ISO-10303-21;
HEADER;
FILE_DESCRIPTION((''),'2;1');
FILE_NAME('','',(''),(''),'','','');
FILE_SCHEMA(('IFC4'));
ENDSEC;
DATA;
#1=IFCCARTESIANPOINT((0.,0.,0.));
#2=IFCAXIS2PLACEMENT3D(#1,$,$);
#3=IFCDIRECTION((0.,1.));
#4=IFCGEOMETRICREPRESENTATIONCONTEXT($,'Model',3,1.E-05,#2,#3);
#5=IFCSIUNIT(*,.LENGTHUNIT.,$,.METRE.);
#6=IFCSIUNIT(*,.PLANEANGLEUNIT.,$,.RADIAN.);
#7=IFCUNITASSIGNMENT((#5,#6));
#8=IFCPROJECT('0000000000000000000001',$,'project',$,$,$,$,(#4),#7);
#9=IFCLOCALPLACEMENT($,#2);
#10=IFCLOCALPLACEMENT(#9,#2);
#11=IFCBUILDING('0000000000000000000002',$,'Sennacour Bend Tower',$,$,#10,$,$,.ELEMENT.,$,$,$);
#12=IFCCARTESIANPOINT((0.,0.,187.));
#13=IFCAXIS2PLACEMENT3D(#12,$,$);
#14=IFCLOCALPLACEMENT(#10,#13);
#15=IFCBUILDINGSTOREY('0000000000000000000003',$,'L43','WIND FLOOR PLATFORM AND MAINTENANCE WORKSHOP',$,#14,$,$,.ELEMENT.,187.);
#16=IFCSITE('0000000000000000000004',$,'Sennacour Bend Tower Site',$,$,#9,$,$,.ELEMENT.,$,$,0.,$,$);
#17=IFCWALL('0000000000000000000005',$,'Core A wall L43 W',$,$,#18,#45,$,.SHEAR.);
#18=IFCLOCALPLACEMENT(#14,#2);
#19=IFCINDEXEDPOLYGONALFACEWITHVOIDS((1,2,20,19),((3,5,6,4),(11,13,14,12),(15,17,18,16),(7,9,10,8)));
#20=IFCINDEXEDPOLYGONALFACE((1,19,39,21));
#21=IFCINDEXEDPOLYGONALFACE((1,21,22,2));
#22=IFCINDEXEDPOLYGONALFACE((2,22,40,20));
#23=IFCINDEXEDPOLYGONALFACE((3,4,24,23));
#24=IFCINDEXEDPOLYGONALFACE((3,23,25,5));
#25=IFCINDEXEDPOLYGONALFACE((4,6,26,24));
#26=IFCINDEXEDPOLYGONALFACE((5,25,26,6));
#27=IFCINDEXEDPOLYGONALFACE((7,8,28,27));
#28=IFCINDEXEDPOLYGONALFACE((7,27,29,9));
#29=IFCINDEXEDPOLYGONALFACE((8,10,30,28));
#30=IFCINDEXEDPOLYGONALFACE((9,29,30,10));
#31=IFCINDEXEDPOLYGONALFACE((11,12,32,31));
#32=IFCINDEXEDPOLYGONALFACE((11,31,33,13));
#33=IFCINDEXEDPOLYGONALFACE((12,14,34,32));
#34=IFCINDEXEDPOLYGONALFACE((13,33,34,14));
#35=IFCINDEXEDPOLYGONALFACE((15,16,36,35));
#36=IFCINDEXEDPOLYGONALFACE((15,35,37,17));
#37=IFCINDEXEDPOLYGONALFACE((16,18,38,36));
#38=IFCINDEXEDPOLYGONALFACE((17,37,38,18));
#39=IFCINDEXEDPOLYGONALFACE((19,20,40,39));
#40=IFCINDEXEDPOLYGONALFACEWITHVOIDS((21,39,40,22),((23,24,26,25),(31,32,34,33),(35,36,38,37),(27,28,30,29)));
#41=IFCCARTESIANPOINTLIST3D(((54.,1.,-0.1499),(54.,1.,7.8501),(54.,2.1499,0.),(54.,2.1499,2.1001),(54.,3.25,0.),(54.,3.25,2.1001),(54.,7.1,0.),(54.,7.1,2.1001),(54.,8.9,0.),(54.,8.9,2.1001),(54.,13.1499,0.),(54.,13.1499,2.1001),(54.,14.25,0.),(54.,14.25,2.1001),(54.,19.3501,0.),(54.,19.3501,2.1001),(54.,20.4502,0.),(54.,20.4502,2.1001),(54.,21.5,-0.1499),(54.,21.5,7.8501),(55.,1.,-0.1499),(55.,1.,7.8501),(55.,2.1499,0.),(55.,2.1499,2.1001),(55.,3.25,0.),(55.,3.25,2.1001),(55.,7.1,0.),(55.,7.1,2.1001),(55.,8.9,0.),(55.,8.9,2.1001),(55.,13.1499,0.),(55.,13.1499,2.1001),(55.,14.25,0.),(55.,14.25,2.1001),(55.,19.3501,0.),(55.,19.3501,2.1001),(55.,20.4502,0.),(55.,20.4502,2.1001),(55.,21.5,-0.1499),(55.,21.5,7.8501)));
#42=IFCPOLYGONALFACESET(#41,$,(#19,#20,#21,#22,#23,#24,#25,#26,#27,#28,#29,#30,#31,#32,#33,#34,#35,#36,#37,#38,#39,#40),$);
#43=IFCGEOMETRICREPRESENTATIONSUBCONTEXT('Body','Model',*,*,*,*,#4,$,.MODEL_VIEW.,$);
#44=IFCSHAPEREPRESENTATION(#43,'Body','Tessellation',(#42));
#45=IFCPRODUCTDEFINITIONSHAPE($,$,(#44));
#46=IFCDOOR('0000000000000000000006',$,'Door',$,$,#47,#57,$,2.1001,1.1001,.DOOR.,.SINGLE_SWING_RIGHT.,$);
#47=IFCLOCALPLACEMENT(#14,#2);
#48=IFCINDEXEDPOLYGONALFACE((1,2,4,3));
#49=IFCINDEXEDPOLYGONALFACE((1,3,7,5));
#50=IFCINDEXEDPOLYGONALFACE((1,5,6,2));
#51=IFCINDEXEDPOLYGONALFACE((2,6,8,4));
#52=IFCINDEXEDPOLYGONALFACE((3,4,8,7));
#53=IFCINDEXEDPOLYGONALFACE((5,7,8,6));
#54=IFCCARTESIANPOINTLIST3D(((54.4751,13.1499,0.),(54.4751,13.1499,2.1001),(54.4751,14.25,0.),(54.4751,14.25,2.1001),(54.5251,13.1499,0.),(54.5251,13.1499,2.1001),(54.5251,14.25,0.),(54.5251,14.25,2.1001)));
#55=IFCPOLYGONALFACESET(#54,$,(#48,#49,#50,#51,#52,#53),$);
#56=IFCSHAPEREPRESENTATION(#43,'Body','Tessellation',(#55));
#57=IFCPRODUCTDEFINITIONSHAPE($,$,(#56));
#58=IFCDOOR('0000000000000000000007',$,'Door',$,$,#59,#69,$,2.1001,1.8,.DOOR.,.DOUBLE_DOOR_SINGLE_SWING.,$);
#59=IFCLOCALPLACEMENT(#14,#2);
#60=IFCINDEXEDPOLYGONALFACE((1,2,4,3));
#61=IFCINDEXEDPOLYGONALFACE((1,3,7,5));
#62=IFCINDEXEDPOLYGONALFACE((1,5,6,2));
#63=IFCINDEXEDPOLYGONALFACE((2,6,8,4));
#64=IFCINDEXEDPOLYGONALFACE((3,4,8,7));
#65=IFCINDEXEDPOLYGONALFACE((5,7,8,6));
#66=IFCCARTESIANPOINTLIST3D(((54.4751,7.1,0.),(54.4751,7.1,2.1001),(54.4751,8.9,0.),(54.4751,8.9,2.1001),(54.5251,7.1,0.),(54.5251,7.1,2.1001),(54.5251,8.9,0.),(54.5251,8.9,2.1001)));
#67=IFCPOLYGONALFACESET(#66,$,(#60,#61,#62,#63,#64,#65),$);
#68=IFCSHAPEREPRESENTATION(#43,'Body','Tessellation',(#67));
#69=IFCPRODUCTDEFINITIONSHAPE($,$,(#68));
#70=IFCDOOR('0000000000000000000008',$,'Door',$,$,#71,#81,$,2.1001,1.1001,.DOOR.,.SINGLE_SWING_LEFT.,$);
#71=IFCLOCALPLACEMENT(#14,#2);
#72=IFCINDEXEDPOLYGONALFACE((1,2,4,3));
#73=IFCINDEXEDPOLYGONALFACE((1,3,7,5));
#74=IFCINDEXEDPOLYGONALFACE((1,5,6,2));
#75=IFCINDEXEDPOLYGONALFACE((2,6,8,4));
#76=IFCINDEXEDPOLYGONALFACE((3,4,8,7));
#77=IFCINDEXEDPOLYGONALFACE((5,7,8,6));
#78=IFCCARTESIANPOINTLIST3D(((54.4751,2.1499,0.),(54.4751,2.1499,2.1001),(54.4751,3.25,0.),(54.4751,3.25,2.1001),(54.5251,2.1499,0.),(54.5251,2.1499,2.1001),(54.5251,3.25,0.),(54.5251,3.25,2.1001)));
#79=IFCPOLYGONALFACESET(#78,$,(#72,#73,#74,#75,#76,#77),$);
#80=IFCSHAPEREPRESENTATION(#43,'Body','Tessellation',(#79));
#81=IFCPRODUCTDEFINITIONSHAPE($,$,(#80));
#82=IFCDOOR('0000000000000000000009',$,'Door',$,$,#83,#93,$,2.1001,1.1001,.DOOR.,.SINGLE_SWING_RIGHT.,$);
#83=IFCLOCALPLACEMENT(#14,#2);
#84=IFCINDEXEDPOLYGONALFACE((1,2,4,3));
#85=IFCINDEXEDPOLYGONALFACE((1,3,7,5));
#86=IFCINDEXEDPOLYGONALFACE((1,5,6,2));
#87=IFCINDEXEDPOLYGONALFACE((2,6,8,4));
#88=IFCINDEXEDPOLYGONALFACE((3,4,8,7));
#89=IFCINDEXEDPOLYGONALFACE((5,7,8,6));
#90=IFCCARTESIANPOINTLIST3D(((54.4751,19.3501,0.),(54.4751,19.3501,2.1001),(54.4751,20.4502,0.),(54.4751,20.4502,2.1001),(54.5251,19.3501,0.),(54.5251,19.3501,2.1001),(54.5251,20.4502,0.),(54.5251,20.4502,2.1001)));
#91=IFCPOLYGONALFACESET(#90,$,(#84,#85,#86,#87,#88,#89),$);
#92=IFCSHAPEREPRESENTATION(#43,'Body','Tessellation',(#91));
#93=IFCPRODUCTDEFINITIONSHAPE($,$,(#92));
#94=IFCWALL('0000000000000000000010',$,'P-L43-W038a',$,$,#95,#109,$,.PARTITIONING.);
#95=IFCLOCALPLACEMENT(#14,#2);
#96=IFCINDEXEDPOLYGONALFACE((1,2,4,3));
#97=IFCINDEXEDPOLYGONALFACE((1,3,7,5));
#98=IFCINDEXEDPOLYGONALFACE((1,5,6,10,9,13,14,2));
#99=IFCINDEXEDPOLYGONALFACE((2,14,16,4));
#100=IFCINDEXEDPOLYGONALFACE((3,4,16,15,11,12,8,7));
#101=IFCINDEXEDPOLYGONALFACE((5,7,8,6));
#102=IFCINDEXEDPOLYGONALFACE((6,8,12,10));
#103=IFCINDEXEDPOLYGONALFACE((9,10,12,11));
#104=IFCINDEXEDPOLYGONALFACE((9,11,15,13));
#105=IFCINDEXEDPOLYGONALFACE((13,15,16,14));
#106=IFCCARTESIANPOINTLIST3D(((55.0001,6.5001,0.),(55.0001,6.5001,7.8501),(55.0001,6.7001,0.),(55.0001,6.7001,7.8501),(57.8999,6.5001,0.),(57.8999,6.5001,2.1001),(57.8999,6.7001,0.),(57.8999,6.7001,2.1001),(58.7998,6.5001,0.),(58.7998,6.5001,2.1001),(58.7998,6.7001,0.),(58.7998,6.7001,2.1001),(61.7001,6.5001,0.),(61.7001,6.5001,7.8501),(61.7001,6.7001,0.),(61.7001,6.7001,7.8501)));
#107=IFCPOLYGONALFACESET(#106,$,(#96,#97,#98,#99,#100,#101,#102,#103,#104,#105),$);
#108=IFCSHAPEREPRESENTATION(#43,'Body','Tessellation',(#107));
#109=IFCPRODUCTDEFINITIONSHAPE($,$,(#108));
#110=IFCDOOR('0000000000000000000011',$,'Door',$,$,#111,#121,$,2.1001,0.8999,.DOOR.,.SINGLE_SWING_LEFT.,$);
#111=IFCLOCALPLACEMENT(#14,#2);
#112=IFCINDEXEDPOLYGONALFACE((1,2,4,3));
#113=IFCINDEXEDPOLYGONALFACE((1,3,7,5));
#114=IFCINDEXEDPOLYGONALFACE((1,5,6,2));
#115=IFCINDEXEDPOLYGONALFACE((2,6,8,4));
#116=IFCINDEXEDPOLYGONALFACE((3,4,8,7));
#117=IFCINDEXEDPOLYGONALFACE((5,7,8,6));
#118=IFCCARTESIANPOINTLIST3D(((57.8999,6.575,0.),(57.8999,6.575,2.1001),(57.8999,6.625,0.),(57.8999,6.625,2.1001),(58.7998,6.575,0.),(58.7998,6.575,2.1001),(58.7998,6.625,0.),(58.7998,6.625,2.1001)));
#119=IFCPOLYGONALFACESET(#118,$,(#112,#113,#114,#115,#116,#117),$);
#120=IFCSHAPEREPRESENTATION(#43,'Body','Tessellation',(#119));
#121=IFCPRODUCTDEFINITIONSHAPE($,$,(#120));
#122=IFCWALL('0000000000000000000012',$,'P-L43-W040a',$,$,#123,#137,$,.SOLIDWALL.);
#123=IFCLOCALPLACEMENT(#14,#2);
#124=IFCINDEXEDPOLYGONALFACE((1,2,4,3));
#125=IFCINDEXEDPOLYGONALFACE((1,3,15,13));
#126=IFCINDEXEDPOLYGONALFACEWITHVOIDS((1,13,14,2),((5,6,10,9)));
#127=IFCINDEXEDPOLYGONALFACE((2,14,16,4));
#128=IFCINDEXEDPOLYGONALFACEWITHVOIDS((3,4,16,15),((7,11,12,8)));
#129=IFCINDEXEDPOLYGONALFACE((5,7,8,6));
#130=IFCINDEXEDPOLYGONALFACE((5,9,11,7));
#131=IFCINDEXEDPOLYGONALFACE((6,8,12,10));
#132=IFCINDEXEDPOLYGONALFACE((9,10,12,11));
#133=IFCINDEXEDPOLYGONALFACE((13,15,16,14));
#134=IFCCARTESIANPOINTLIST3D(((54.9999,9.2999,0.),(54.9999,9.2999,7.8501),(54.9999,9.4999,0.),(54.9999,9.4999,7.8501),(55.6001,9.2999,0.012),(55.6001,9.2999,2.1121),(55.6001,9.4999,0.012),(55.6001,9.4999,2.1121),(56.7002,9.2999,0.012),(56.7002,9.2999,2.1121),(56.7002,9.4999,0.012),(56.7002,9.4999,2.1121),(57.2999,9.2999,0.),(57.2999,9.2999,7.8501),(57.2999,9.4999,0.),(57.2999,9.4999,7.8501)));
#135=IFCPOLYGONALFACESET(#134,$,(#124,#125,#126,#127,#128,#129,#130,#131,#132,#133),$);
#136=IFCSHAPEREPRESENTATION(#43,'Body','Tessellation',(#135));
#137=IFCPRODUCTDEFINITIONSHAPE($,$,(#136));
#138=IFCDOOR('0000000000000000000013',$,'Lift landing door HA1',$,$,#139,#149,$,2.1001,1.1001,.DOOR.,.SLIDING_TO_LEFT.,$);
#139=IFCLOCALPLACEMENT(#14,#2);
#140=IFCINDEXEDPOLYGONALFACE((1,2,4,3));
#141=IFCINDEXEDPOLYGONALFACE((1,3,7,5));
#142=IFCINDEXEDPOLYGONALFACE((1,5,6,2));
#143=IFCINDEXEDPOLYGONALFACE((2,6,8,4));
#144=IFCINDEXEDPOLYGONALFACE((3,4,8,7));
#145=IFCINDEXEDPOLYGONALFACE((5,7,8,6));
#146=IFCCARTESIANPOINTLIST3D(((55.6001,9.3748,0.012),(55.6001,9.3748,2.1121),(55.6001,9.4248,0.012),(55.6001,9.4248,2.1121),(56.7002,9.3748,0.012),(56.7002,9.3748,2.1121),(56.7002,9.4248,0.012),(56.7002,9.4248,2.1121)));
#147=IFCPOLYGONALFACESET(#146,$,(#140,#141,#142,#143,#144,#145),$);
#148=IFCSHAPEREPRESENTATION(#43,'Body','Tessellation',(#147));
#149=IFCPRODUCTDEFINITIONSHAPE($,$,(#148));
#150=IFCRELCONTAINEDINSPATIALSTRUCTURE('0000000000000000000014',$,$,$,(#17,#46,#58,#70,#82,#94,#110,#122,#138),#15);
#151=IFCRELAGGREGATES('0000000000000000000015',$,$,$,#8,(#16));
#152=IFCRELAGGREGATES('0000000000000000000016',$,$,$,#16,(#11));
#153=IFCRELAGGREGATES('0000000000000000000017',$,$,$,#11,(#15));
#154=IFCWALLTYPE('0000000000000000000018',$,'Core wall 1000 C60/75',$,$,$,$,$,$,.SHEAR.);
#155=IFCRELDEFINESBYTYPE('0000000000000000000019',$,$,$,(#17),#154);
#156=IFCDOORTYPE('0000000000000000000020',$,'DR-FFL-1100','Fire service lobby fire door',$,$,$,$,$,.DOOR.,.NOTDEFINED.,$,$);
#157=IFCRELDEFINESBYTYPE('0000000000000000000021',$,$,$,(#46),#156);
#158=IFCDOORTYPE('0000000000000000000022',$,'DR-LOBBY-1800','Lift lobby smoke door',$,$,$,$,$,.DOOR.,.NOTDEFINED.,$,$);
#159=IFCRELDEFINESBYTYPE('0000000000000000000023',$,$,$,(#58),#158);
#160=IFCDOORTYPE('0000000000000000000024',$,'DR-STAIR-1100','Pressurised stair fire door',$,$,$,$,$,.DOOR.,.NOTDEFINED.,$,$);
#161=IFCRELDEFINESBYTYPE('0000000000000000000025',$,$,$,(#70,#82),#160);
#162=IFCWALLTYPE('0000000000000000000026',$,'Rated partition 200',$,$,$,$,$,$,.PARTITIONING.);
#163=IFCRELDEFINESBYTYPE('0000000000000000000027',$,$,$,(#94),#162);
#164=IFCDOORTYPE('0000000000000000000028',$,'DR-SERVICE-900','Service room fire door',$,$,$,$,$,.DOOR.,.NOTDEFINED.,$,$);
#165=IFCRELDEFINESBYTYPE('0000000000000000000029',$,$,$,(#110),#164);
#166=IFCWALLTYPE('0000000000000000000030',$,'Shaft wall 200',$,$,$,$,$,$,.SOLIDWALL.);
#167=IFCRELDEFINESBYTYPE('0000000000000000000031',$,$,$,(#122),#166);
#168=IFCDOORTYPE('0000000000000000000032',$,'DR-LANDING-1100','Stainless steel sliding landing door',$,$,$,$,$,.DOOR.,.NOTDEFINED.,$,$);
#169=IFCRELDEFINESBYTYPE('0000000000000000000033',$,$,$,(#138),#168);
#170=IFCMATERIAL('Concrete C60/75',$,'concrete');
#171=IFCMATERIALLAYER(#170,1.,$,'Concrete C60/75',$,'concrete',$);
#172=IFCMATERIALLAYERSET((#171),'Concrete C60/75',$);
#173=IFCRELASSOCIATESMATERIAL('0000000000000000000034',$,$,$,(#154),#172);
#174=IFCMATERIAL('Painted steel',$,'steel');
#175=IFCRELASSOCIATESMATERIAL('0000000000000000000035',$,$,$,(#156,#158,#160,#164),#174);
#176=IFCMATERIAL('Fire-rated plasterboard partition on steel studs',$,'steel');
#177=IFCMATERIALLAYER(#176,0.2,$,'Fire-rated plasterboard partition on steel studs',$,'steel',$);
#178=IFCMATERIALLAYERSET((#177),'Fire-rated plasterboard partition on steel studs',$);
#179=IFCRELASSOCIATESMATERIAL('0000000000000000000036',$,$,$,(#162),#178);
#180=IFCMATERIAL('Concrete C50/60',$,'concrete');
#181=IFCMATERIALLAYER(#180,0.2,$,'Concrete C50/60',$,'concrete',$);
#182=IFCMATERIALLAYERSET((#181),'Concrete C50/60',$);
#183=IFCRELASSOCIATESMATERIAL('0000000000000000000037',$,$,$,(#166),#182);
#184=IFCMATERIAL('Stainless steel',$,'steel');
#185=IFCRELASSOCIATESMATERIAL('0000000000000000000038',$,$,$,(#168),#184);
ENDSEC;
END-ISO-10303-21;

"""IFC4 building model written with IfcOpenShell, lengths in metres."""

from ifc_helpers import new_model, si_unit, direction, frame, frame_2d, origin, place, context, subcontext, project, spatial, rectangle, extrude, material, layer, layer_set, type_object, element, fill, save


model = new_model("IFC4")

# Units and contexts
model_context = context("Model", 3, precision=1e-05, world=origin(), true_north=direction((0.0, 1.0)))
body_context = subcontext(model_context, "Body", "Model", "MODEL_VIEW")
ifc_project = project(units=[si_unit("LENGTHUNIT", "METRE"), si_unit("PLANEANGLEUNIT", "RADIAN")], contexts=[model_context])

# Site, building, storey
site_placement = place(None, origin())
site = spatial("IfcSite", under=ifc_project, at=site_placement, Name="Sennacour Bend Tower Site", CompositionType="ELEMENT", RefElevation=0.0)
building_placement = place(site_placement, origin())
building = spatial("IfcBuilding", under=site, at=building_placement, Name="Sennacour Bend Tower", CompositionType="ELEMENT")
storey_placement = place(building_placement, frame((0.0, 0.0, 187.0)))
storey = spatial("IfcBuildingStorey", under=building, at=storey_placement, Name="L43", Description="WIND FLOOR PLATFORM AND MAINTENANCE WORKSHOP", CompositionType="ELEMENT", Elevation=187.0)

# Wall, openings, doors
ifc_material_1 = material(Name="Concrete C60/75", Category="concrete")
ifc_layer_1 = layer(ifc_material_1, 1.0, Name="Concrete C60/75", Category="concrete")
ifc_layer_set_1 = layer_set([ifc_layer_1], Name="Concrete C60/75")
wall_type_1 = type_object("IfcWallType", Name="Core wall 1000 C60/75", PredefinedType="SHEAR", material=ifc_layer_set_1)
wall_1_placement = place(storey_placement, frame((54.5, 1.0, -0.1499), z_axis=(0.0, 0.0, 1.0), x_axis=(0.0, 1.0, 0.0)))
wall_1 = element("IfcWall", 1, at=wall_1_placement, inside=storey, type_object=wall_type_1, Name="Core A wall L43 W", PredefinedType="SHEAR", context=body_context, shape_type="SweptSolid", body=[
    extrude(rectangle(XDim=20.5, YDim=1.0, at=frame_2d((10.25, 0.0))), origin(), (0.0, 0.0, 1.0), 8.0),
])
opening_1_placement = place(wall_1_placement, frame((6.1001, 0.0, 0.1499)))
opening_1 = element("IfcOpeningElement", 2, at=opening_1_placement, cuts=wall_1, PredefinedType="OPENING", context=body_context, shape_type="SweptSolid", body=[
    extrude(rectangle(XDim=1.8, YDim=2.1001, at=frame_2d((0.8999, 1.05))), frame((0.0, 0.51, 0.0), z_axis=(0.0, -1.0, 0.0), x_axis=(1.0, 0.0, 0.0)), (0.0, 0.0, 1.0), 1.02),
])
opening_2_placement = place(wall_1_placement, frame((12.1499, 0.0, 0.1499)))
opening_2 = element("IfcOpeningElement", 3, at=opening_2_placement, cuts=wall_1, PredefinedType="OPENING", context=body_context, shape_type="SweptSolid", body=[
    extrude(rectangle(XDim=1.1001, YDim=2.1001, at=frame_2d((0.55, 1.05))), frame((0.0, 0.51, 0.0), z_axis=(0.0, -1.0, 0.0), x_axis=(1.0, 0.0, 0.0)), (0.0, 0.0, 1.0), 1.02),
])
opening_3_placement = place(wall_1_placement, frame((1.1499, 0.0, 0.1499)))
opening_3 = element("IfcOpeningElement", 4, at=opening_3_placement, cuts=wall_1, PredefinedType="OPENING", context=body_context, shape_type="SweptSolid", body=[
    extrude(rectangle(XDim=1.1001, YDim=2.1001, at=frame_2d((0.55, 1.05))), frame((0.0, 0.51, 0.0), z_axis=(0.0, -1.0, 0.0), x_axis=(1.0, 0.0, 0.0)), (0.0, 0.0, 1.0), 1.02),
])
opening_4_placement = place(wall_1_placement, frame((18.3501, 0.0, 0.1499)))
opening_4 = element("IfcOpeningElement", 5, at=opening_4_placement, cuts=wall_1, PredefinedType="OPENING", context=body_context, shape_type="SweptSolid", body=[
    extrude(rectangle(XDim=1.1001, YDim=2.1001, at=frame_2d((0.55, 1.05))), frame((0.0, 0.51, 0.0), z_axis=(0.0, -1.0, 0.0), x_axis=(1.0, 0.0, 0.0)), (0.0, 0.0, 1.0), 1.02),
])
ifc_material_2 = material(Name="Painted steel", Category="steel")
door_type_1 = type_object("IfcDoorType", Name="DR-FFL-1100", Description="Fire service lobby fire door", OperationType="NOTDEFINED", PredefinedType="DOOR", material=ifc_material_2)
door_1_placement = place(opening_2_placement, origin())
door_1 = element("IfcDoor", 6, at=door_1_placement, inside=storey, type_object=door_type_1, Name="Door", OperationType="SINGLE_SWING_RIGHT", OverallHeight=2.1001, OverallWidth=1.1001, PredefinedType="DOOR", context=body_context, shape_type="SweptSolid", body=[
    extrude(rectangle(XDim=1.1001, YDim=2.1001, at=frame_2d((0.55, 1.05))), frame((0.0, 0.0249, 0.0), z_axis=(0.0, -1.0, 0.0), x_axis=(1.0, 0.0, 0.0)), (0.0, 0.0, 1.0), 0.05),
])
fill(opening_2, door_1)
door_type_2 = type_object("IfcDoorType", Name="DR-LOBBY-1800", Description="Lift lobby smoke door", OperationType="NOTDEFINED", PredefinedType="DOOR", material=ifc_material_2)
door_2_placement = place(opening_1_placement, origin())
door_2 = element("IfcDoor", 7, at=door_2_placement, inside=storey, type_object=door_type_2, Name="Door", OperationType="DOUBLE_DOOR_SINGLE_SWING", OverallHeight=2.1001, OverallWidth=1.8, PredefinedType="DOOR", context=body_context, shape_type="SweptSolid", body=[
    extrude(rectangle(XDim=1.8, YDim=2.1001, at=frame_2d((0.8999, 1.05))), frame((0.0, 0.0249, 0.0), z_axis=(0.0, -1.0, 0.0), x_axis=(1.0, 0.0, 0.0)), (0.0, 0.0, 1.0), 0.05),
])
fill(opening_1, door_2)
door_type_3 = type_object("IfcDoorType", Name="DR-STAIR-1100", Description="Pressurised stair fire door", OperationType="NOTDEFINED", PredefinedType="DOOR", material=ifc_material_2)
door_3_placement = place(opening_3_placement, origin())
door_3 = element("IfcDoor", 8, at=door_3_placement, inside=storey, type_object=door_type_3, Name="Door", OperationType="SINGLE_SWING_LEFT", OverallHeight=2.1001, OverallWidth=1.1001, PredefinedType="DOOR", context=body_context, shape_type="SweptSolid", body=[
    extrude(rectangle(XDim=1.1001, YDim=2.1001, at=frame_2d((0.55, 1.05))), frame((0.0, 0.0249, 0.0), z_axis=(0.0, -1.0, 0.0), x_axis=(1.0, 0.0, 0.0)), (0.0, 0.0, 1.0), 0.05),
])
fill(opening_3, door_3)
door_4_placement = place(opening_4_placement, origin())
door_4 = element("IfcDoor", 9, at=door_4_placement, inside=storey, type_object=door_type_3, Name="Door", OperationType="SINGLE_SWING_RIGHT", OverallHeight=2.1001, OverallWidth=1.1001, PredefinedType="DOOR", context=body_context, shape_type="SweptSolid", body=[
    extrude(rectangle(XDim=1.1001, YDim=2.1001, at=frame_2d((0.55, 1.05))), frame((0.0, 0.0249, 0.0), z_axis=(0.0, -1.0, 0.0), x_axis=(1.0, 0.0, 0.0)), (0.0, 0.0, 1.0), 0.05),
])
fill(opening_4, door_4)

# Walls, openings, doors
ifc_material_3 = material(Name="Fire-rated plasterboard partition on steel studs", Category="steel")
ifc_layer_2 = layer(ifc_material_3, 0.2, Name="Fire-rated plasterboard partition on steel studs", Category="steel")
ifc_layer_set_2 = layer_set([ifc_layer_2], Name="Fire-rated plasterboard partition on steel studs")
wall_type_2 = type_object("IfcWallType", Name="Rated partition 200", PredefinedType="PARTITIONING", material=ifc_layer_set_2)
wall_2_placement = place(storey_placement, frame((55.0, 6.6001, 0.0), z_axis=(0.0, 0.0, 1.0), x_axis=(1.0, 0.0, 0.0)))
wall_2 = element("IfcWall", 10, at=wall_2_placement, inside=storey, type_object=wall_type_2, Name="P-L43-W038a", PredefinedType="PARTITIONING", context=body_context, shape_type="SweptSolid", body=[
    extrude(rectangle(XDim=6.7, YDim=0.2, at=frame_2d((3.3501, 0.0))), origin(), (0.0, 0.0, 1.0), 7.8501),
])
opening_5_placement = place(wall_2_placement, frame((2.8999, 0.0, 0.0)))
opening_5 = element("IfcOpeningElement", 11, at=opening_5_placement, cuts=wall_2, PredefinedType="OPENING", context=body_context, shape_type="SweptSolid", body=[
    extrude(rectangle(XDim=0.8999, YDim=2.1001, at=frame_2d((0.45, 1.05))), frame((0.0, 0.1099, 0.0), z_axis=(0.0, -1.0, 0.0), x_axis=(1.0, 0.0, 0.0)), (0.0, 0.0, 1.0), 0.22),
])
door_type_4 = type_object("IfcDoorType", Name="DR-SERVICE-900", Description="Service room fire door", OperationType="NOTDEFINED", PredefinedType="DOOR", material=ifc_material_2)
door_5_placement = place(opening_5_placement, origin())
door_5 = element("IfcDoor", 12, at=door_5_placement, inside=storey, type_object=door_type_4, Name="Door", OperationType="SINGLE_SWING_LEFT", OverallHeight=2.1001, OverallWidth=0.8999, PredefinedType="DOOR", context=body_context, shape_type="SweptSolid", body=[
    extrude(rectangle(XDim=0.8999, YDim=2.1001, at=frame_2d((0.45, 1.05))), frame((0.0, 0.0249, 0.0), z_axis=(0.0, -1.0, 0.0), x_axis=(1.0, 0.0, 0.0)), (0.0, 0.0, 1.0), 0.05),
])
fill(opening_5, door_5)
ifc_material_4 = material(Name="Concrete C50/60", Category="concrete")
ifc_layer_3 = layer(ifc_material_4, 0.2, Name="Concrete C50/60", Category="concrete")
ifc_layer_set_3 = layer_set([ifc_layer_3], Name="Concrete C50/60")
wall_type_3 = type_object("IfcWallType", Name="Shaft wall 200", PredefinedType="SOLIDWALL", material=ifc_layer_set_3)
wall_3_placement = place(storey_placement, frame((55.0, 9.3999, 0.0), z_axis=(0.0, 0.0, 1.0), x_axis=(1.0, 0.0, 0.0)))
wall_3 = element("IfcWall", 13, at=wall_3_placement, inside=storey, type_object=wall_type_3, Name="P-L43-W040a", PredefinedType="SOLIDWALL", context=body_context, shape_type="SweptSolid", body=[
    extrude(rectangle(XDim=2.3, YDim=0.2, at=frame_2d((1.1499, 0.0))), origin(), (0.0, 0.0, 1.0), 7.8501),
])
opening_6_placement = place(wall_3_placement, frame((0.6001, 0.0, 0.012)))
opening_6 = element("IfcOpeningElement", 14, at=opening_6_placement, cuts=wall_3, PredefinedType="OPENING", context=body_context, shape_type="SweptSolid", body=[
    extrude(rectangle(XDim=1.1001, YDim=2.1001, at=frame_2d((0.55, 1.05))), frame((0.0, 0.1099, 0.0), z_axis=(0.0, -1.0, 0.0), x_axis=(1.0, 0.0, 0.0)), (0.0, 0.0, 1.0), 0.22),
])
ifc_material_5 = material(Name="Stainless steel", Category="steel")
door_type_5 = type_object("IfcDoorType", Name="DR-LANDING-1100", Description="Stainless steel sliding landing door", OperationType="NOTDEFINED", PredefinedType="DOOR", material=ifc_material_5)
door_6_placement = place(opening_6_placement, origin())
door_6 = element("IfcDoor", 15, at=door_6_placement, inside=storey, type_object=door_type_5, Name="Lift landing door HA1", OperationType="SLIDING_TO_LEFT", OverallHeight=2.1001, OverallWidth=1.1001, PredefinedType="DOOR", context=body_context, shape_type="SweptSolid", body=[
    extrude(rectangle(XDim=1.1001, YDim=2.1001, at=frame_2d((0.55, 1.05))), frame((0.0, 0.0249, 0.0), z_axis=(0.0, -1.0, 0.0), x_axis=(1.0, 0.0, 0.0)), (0.0, 0.0, 1.0), 0.05),
])
fill(opening_6, door_6)

save(model, "model.ifc")
